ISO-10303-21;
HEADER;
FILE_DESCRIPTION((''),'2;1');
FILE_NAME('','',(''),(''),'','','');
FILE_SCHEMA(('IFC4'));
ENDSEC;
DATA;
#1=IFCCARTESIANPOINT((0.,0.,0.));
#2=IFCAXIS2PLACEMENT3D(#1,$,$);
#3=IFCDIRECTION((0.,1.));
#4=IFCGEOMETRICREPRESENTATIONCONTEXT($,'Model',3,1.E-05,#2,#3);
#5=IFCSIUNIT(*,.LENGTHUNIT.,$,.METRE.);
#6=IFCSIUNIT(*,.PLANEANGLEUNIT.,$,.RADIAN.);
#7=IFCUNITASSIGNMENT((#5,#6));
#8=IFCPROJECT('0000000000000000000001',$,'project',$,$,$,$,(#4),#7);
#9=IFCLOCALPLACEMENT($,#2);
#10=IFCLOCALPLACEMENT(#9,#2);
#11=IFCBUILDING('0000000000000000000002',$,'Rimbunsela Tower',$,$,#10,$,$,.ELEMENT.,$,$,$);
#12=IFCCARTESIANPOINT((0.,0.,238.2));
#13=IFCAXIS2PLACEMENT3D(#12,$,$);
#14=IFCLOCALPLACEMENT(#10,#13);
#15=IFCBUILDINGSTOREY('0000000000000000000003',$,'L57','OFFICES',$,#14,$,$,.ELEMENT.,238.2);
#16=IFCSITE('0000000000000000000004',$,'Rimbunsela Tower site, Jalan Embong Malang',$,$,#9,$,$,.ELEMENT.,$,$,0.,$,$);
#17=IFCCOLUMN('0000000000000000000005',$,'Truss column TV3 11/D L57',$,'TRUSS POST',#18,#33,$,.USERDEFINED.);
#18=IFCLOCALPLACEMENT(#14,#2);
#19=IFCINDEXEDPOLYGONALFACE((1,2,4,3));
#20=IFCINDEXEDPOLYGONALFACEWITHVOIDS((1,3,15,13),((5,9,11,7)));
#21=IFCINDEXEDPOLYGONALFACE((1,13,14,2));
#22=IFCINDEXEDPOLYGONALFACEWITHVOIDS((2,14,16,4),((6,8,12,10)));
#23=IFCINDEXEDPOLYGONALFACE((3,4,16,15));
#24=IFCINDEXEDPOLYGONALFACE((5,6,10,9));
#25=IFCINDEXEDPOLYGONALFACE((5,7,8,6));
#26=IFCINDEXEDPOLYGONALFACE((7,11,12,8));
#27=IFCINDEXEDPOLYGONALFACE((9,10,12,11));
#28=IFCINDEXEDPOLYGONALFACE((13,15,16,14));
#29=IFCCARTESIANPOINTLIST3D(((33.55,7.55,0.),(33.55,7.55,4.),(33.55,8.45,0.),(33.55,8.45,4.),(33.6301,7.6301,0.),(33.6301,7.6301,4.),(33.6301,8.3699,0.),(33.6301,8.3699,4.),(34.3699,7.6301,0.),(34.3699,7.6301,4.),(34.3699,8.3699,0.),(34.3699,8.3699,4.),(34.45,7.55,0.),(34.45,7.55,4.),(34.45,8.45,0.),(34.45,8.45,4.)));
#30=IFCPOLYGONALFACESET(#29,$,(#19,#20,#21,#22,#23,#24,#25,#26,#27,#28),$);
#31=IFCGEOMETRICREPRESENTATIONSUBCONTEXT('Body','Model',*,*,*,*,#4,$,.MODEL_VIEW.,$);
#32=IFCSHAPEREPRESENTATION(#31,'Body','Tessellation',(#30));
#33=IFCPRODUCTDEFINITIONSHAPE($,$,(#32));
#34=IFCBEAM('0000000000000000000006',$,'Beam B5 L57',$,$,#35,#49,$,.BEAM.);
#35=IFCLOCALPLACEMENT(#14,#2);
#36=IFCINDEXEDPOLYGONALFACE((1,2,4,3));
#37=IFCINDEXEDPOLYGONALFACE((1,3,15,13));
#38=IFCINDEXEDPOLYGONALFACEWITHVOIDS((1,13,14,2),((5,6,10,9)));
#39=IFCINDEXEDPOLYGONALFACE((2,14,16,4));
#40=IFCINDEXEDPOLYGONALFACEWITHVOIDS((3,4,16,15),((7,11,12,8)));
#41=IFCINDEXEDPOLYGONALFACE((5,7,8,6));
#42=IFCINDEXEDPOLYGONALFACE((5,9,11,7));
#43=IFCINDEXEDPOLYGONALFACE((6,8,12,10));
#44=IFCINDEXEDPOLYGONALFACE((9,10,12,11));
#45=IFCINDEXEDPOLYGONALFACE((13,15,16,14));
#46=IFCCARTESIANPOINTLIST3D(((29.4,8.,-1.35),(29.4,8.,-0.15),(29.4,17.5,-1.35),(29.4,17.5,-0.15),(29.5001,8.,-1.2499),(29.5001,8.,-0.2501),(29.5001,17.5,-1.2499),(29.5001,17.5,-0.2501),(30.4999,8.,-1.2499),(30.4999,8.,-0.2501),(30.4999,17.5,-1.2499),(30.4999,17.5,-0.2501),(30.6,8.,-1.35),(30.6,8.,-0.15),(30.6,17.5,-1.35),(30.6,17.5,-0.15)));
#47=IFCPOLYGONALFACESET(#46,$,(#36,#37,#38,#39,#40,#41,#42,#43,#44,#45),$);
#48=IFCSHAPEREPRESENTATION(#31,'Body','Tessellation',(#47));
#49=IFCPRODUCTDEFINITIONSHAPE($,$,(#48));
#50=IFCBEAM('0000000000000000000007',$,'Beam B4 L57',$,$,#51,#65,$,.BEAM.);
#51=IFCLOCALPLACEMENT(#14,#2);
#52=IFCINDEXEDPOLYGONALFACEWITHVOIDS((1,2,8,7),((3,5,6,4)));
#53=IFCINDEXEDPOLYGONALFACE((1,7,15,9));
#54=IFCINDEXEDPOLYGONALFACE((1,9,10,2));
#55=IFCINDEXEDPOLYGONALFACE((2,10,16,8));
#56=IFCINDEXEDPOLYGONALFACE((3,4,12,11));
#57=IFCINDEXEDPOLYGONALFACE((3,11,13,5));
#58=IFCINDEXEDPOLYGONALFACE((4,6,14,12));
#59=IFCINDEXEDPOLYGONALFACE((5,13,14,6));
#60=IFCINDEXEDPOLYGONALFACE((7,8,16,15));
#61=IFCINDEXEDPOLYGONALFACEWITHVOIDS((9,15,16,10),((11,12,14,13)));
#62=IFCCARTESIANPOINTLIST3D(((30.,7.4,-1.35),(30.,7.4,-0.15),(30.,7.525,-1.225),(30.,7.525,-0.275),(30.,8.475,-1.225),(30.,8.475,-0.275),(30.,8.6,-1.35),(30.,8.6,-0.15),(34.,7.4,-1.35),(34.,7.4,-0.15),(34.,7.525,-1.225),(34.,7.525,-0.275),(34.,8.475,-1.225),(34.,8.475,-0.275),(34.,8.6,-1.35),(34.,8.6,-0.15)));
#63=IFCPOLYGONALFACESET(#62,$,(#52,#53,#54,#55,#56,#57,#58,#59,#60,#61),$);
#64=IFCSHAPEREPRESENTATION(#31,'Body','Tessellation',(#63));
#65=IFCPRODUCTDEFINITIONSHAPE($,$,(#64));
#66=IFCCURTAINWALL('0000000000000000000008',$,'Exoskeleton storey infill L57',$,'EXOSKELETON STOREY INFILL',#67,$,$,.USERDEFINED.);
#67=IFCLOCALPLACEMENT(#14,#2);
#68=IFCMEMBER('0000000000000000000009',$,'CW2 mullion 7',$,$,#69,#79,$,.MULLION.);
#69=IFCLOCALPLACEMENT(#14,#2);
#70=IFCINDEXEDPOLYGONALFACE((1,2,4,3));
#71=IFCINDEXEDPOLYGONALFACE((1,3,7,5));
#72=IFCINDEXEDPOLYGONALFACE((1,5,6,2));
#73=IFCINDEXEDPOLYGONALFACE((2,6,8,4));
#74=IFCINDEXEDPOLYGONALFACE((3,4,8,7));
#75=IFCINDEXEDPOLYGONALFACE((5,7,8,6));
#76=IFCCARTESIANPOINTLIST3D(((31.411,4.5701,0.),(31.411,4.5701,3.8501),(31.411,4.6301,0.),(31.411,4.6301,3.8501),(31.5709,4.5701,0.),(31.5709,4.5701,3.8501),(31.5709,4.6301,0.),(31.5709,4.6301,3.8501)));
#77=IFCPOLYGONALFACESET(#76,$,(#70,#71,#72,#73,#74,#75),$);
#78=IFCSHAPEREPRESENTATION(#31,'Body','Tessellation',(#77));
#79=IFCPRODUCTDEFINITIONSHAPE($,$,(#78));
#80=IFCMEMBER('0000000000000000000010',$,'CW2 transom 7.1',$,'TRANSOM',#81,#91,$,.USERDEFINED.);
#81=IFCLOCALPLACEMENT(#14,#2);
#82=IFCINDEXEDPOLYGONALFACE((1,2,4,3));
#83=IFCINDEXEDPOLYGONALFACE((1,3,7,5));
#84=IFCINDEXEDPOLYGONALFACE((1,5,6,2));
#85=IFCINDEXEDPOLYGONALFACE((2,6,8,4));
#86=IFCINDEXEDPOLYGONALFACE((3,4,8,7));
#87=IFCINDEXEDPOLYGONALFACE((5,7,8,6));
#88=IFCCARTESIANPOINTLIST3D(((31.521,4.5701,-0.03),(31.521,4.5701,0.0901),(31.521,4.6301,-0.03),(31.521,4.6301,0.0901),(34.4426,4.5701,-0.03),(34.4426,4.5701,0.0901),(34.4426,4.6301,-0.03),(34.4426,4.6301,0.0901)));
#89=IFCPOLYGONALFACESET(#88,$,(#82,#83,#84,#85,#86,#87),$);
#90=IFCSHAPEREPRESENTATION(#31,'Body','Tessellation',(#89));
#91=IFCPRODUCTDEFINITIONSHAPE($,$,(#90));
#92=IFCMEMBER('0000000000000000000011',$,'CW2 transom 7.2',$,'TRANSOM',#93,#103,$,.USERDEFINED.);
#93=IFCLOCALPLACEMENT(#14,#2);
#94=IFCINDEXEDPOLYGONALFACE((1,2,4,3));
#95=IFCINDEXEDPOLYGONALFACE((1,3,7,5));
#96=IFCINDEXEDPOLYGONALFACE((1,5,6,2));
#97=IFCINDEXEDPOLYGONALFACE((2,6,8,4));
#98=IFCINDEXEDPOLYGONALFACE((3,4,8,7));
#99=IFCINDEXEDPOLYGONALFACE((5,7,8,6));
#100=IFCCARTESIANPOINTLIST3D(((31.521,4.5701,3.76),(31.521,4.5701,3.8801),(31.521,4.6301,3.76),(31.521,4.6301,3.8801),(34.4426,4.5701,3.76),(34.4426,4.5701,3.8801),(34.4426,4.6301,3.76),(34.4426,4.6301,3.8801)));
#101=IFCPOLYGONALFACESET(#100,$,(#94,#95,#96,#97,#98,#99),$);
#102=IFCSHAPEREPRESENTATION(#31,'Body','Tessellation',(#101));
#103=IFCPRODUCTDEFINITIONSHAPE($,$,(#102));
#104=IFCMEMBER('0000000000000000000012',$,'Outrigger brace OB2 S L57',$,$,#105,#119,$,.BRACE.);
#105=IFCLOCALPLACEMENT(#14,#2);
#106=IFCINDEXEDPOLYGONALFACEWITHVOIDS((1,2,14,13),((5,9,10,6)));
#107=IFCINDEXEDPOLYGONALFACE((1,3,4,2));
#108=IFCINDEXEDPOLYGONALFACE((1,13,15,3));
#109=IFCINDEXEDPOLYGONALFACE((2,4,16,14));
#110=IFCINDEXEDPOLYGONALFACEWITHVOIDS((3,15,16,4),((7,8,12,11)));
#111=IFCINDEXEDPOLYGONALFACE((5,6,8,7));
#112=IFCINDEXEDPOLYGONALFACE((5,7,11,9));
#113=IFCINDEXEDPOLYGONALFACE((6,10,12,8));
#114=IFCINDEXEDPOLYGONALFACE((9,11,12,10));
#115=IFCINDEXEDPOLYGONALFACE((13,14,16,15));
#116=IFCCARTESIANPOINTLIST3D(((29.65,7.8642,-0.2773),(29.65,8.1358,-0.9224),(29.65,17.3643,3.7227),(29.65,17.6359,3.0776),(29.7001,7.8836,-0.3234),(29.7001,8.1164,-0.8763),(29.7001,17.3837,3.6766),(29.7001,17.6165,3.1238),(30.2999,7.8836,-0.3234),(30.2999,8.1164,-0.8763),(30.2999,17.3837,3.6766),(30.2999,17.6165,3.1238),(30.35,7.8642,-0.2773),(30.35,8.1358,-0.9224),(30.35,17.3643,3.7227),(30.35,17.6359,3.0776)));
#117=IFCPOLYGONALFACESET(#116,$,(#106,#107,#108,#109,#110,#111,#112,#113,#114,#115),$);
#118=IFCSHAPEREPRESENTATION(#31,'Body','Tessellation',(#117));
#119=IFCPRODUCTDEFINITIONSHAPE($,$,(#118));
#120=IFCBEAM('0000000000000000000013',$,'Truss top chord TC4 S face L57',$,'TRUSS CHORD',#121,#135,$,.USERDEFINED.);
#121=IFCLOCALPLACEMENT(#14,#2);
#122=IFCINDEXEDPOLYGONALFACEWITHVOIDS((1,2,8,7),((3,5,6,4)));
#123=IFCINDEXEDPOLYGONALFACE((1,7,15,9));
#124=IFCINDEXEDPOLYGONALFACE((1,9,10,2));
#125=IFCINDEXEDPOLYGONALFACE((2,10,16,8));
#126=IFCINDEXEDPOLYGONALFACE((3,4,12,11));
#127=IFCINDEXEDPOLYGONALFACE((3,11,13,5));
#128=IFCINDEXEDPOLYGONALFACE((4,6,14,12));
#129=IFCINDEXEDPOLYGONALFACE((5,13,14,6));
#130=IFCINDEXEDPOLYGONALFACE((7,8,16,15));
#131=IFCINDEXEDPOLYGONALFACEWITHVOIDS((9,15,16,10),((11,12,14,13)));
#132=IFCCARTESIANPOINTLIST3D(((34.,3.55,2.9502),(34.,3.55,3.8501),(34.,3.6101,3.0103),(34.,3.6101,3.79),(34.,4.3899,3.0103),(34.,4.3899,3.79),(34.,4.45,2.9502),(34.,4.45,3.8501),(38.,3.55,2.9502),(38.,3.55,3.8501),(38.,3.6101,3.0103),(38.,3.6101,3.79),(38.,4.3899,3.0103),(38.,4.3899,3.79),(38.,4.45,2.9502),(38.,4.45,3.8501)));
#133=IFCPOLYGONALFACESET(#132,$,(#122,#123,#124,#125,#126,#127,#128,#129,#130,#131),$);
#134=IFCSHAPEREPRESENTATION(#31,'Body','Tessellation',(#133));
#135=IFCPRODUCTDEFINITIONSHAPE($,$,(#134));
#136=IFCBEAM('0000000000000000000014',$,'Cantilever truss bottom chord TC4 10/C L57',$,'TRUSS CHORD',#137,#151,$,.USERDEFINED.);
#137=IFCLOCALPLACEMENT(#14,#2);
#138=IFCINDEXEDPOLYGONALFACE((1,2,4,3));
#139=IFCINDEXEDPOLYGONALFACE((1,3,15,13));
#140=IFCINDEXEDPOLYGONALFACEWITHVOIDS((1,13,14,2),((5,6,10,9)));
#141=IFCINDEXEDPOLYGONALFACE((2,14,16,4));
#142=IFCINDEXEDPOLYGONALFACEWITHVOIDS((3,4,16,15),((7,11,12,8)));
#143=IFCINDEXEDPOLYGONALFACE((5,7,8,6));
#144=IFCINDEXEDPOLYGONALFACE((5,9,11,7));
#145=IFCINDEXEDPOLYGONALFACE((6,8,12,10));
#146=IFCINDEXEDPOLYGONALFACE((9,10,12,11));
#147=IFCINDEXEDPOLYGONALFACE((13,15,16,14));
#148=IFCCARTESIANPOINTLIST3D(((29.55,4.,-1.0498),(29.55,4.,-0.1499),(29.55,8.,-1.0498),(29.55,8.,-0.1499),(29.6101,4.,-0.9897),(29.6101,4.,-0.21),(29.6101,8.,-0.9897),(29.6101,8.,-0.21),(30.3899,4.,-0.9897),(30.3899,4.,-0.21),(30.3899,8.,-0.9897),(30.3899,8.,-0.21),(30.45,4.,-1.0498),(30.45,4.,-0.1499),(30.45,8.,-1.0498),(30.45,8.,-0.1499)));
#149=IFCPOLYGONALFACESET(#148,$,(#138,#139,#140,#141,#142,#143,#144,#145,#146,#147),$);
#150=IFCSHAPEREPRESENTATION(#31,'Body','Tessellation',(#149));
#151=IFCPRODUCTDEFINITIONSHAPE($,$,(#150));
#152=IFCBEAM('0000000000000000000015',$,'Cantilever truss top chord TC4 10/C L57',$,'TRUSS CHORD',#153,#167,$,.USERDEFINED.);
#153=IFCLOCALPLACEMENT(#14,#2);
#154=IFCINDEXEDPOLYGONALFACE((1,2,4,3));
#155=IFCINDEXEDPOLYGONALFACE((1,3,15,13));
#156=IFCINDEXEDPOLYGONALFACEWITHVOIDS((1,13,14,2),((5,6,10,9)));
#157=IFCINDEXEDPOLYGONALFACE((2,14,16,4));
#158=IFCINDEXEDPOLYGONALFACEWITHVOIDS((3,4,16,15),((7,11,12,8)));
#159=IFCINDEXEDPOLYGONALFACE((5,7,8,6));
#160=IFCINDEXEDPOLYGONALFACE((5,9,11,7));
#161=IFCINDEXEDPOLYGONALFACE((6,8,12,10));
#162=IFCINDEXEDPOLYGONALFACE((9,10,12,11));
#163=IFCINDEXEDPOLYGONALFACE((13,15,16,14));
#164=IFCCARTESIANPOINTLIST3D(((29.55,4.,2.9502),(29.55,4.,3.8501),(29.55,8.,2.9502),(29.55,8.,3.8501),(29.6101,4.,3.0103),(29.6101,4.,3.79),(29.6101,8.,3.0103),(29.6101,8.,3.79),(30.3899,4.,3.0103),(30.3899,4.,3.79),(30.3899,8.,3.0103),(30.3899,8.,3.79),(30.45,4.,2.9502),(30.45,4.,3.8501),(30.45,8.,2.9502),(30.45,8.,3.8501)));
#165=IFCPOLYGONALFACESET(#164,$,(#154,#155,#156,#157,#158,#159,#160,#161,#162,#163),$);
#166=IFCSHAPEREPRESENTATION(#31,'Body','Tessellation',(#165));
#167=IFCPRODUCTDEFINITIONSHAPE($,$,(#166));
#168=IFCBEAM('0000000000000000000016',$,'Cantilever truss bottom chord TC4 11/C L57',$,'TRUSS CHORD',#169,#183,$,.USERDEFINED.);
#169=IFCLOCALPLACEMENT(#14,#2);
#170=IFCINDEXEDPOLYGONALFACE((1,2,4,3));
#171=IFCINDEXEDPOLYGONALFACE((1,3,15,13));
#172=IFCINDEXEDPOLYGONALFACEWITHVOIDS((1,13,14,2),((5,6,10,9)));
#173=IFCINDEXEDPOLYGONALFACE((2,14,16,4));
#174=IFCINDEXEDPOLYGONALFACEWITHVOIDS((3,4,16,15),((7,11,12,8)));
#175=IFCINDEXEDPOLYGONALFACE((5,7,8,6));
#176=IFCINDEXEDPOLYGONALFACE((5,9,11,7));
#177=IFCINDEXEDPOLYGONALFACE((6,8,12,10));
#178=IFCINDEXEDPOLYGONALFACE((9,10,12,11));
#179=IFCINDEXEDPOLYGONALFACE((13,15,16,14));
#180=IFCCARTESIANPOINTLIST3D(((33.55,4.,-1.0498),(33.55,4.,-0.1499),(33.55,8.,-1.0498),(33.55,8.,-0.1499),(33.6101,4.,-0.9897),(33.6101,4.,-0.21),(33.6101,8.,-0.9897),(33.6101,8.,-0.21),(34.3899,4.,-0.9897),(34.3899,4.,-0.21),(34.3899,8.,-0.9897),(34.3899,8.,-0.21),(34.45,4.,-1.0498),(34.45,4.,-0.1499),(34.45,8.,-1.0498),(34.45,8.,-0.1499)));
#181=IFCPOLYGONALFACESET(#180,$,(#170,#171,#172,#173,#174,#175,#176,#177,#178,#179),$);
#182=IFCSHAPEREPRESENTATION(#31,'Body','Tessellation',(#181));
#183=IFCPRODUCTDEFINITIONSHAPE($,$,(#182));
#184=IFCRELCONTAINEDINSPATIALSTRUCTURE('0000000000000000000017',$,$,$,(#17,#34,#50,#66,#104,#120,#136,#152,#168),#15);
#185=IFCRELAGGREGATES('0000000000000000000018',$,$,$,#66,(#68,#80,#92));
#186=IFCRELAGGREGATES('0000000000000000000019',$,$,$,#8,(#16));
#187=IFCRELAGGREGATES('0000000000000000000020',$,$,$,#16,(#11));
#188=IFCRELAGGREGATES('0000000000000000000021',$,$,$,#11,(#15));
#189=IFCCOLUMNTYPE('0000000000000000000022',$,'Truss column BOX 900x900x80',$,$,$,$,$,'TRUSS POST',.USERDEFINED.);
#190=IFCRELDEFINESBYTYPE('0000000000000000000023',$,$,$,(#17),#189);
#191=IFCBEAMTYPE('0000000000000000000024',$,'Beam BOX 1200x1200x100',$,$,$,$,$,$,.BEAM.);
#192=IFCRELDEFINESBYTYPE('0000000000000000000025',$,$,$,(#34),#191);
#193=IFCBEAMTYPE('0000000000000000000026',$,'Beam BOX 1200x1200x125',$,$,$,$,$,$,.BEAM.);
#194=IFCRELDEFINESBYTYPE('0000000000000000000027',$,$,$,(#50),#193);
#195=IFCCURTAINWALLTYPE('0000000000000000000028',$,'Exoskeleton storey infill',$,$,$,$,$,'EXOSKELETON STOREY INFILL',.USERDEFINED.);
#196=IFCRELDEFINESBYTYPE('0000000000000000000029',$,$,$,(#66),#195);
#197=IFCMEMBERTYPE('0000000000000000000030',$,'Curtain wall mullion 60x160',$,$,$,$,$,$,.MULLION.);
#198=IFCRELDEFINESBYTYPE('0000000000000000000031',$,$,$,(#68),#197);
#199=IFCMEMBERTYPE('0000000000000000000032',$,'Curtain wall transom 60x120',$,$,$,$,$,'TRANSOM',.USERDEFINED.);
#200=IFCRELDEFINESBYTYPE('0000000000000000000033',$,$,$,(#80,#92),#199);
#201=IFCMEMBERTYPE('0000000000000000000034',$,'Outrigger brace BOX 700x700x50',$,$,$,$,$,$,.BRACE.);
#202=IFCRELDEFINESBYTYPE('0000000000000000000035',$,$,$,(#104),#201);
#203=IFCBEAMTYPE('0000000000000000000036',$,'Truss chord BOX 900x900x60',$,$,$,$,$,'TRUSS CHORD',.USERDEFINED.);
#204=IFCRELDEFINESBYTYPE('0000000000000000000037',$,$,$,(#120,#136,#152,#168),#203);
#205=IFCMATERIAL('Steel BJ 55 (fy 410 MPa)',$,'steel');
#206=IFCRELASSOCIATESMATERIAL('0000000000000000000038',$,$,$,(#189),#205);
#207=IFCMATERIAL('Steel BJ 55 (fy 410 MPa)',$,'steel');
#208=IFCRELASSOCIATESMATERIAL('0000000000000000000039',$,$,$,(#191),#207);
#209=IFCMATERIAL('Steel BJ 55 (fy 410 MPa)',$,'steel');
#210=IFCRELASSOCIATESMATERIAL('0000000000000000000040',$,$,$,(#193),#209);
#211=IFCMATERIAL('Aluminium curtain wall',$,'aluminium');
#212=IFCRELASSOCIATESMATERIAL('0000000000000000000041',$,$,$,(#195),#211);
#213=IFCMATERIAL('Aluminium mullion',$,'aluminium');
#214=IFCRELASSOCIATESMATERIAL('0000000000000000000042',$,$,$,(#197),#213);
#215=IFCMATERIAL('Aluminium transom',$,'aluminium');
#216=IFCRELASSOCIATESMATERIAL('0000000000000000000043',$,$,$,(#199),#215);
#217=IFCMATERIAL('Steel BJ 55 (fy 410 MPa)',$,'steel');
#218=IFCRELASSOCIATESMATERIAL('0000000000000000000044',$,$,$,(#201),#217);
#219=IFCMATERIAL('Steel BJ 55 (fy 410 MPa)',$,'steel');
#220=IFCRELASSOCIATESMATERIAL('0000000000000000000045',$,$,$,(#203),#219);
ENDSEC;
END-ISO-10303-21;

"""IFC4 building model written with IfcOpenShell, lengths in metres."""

from ifc_helpers import new_model, si_unit, direction, frame, origin, origin_2d, place, context, subcontext, project, spatial, rectangle, hollow_rectangle, extrude, material, material_profile, profile_set, type_object, element, aggregate, save


model = new_model("IFC4")

# Units and contexts
model_context = context("Model", 3, precision=1e-05, world=origin(), true_north=direction((0.0, 1.0)))
body_context = subcontext(model_context, "Body", "Model", "MODEL_VIEW")
ifc_project = project(units=[si_unit("LENGTHUNIT", "METRE"), si_unit("PLANEANGLEUNIT", "RADIAN")], contexts=[model_context])

# Site, building, storey
site_placement = place(None, origin())
site = spatial("IfcSite", under=ifc_project, at=site_placement, Name="Rimbunsela Tower site, Jalan Embong Malang", CompositionType="ELEMENT", RefElevation=0.0)
building_placement = place(site_placement, origin())
building = spatial("IfcBuilding", under=site, at=building_placement, Name="Rimbunsela Tower", CompositionType="ELEMENT")
storey_placement = place(building_placement, frame((0.0, 0.0, 238.2)))
storey = spatial("IfcBuildingStorey", under=building, at=storey_placement, Name="L57", Description="OFFICES", CompositionType="ELEMENT", Elevation=238.2)

# Column
ifc_material_1 = material(Name="Steel BJ 55 (fy 410 MPa)", Category="steel")
ifc_material_profile_1 = material_profile(ifc_material_1, hollow_rectangle(XDim=0.8999, YDim=0.8999, WallThickness=0.0801, at=origin_2d()), Name="BOX 900x900x80")
ifc_profile_set_1 = profile_set([ifc_material_profile_1], Name="Steel BJ 55 (fy 410 MPa)")
column_type = type_object("IfcColumnType", Name="Truss column BOX 900x900x80", ElementType="TRUSS POST", PredefinedType="USERDEFINED", material=ifc_profile_set_1)
column_placement = place(storey_placement, frame((34.0, 8.0, 0.0), z_axis=(0.0, 0.0, 1.0), x_axis=(1.0, 0.0, 0.0)))
element("IfcColumn", 1, at=column_placement, inside=storey, type_object=column_type, Name="Truss column TV3 11/D L57", ObjectType="TRUSS POST", PredefinedType="USERDEFINED", context=body_context, shape_type="SweptSolid", body=[
    extrude(hollow_rectangle(XDim=0.8999, YDim=0.8999, WallThickness=0.0801, at=origin_2d()), origin(), (0.0, 0.0, 1.0), 4.0),
])

# Beams
ifc_material_2 = material(Name="Steel BJ 55 (fy 410 MPa)", Category="steel")
ifc_material_profile_2 = material_profile(ifc_material_2, hollow_rectangle(XDim=1.2, YDim=1.2, WallThickness=0.1001, at=origin_2d()), Name="BOX 1200x1200x100")
ifc_profile_set_2 = profile_set([ifc_material_profile_2], Name="Steel BJ 55 (fy 410 MPa)")
beam_type_1 = type_object("IfcBeamType", Name="Beam BOX 1200x1200x100", PredefinedType="BEAM", material=ifc_profile_set_2)
beam_1_placement = place(storey_placement, frame((30.0, 8.0, -0.75), z_axis=(0.0, 1.0, 0.0), x_axis=(-1.0, 0.0, 0.0)))
element("IfcBeam", 2, at=beam_1_placement, inside=storey, type_object=beam_type_1, Name="Beam B5 L57", PredefinedType="BEAM", context=body_context, shape_type="SweptSolid", body=[
    extrude(hollow_rectangle(XDim=1.2, YDim=1.2, WallThickness=0.1001, at=origin_2d()), origin(), (0.0, 0.0, 1.0), 9.5),
])
ifc_material_3 = material(Name="Steel BJ 55 (fy 410 MPa)", Category="steel")
ifc_material_profile_3 = material_profile(ifc_material_3, hollow_rectangle(XDim=1.2, YDim=1.2, WallThickness=0.125, at=origin_2d()), Name="BOX 1200x1200x125")
ifc_profile_set_3 = profile_set([ifc_material_profile_3], Name="Steel BJ 55 (fy 410 MPa)")
beam_type_2 = type_object("IfcBeamType", Name="Beam BOX 1200x1200x125", PredefinedType="BEAM", material=ifc_profile_set_3)
beam_2_placement = place(storey_placement, frame((30.0, 8.0, -0.75), z_axis=(1.0, 0.0, 0.0), x_axis=(0.0, 1.0, 0.0)))
element("IfcBeam", 3, at=beam_2_placement, inside=storey, type_object=beam_type_2, Name="Beam B4 L57", PredefinedType="BEAM", context=body_context, shape_type="SweptSolid", body=[
    extrude(hollow_rectangle(XDim=1.2, YDim=1.2, WallThickness=0.125, at=origin_2d()), origin(), (0.0, 0.0, 1.0), 4.0),
])

# Curtain wall, members
ifc_material_4 = material(Name="Aluminium curtain wall", Category="aluminium")
curtain_wall_type = type_object("IfcCurtainWallType", Name="Exoskeleton storey infill", ElementType="EXOSKELETON STOREY INFILL", PredefinedType="USERDEFINED", material=ifc_material_4)
curtain_wall_placement = place(storey_placement, origin())
curtain_wall = element("IfcCurtainWall", 4, at=curtain_wall_placement, inside=storey, type_object=curtain_wall_type, Name="Exoskeleton storey infill L57", ObjectType="EXOSKELETON STOREY INFILL", PredefinedType="USERDEFINED")
ifc_material_5 = material(Name="Aluminium mullion", Category="aluminium")
ifc_material_profile_4 = material_profile(ifc_material_5, rectangle(XDim=0.0601, YDim=0.1599, at=origin_2d()), Name="Mullion 60x160")
ifc_profile_set_4 = profile_set([ifc_material_profile_4], Name="Aluminium mullion")
member_type_1 = type_object("IfcMemberType", Name="Curtain wall mullion 60x160", PredefinedType="MULLION", material=ifc_profile_set_4)
member_1_placement = place(storey_placement, frame((31.491, 4.6001, 0.0), z_axis=(0.0, 0.0, 1.0), x_axis=(0.0, 1.0, 0.0)))
member_1 = element("IfcMember", 5, at=member_1_placement, type_object=member_type_1, Name="CW2 mullion 7", PredefinedType="MULLION", context=body_context, shape_type="SweptSolid", body=[
    extrude(rectangle(XDim=0.0601, YDim=0.1599, at=origin_2d()), origin(), (0.0, 0.0, 1.0), 3.8501),
])
ifc_material_6 = material(Name="Aluminium transom", Category="aluminium")
ifc_material_profile_5 = material_profile(ifc_material_6, rectangle(XDim=0.0601, YDim=0.1201, at=origin_2d()), Name="Transom 60x120")
ifc_profile_set_5 = profile_set([ifc_material_profile_5], Name="Aluminium transom")
member_type_2 = type_object("IfcMemberType", Name="Curtain wall transom 60x120", ElementType="TRANSOM", PredefinedType="USERDEFINED", material=ifc_profile_set_5)
member_2_placement = place(storey_placement, frame((31.521, 4.6001, 0.03), z_axis=(1.0, 0.0, 0.0), x_axis=(0.0, 1.0, 0.0)))
member_2 = element("IfcMember", 6, at=member_2_placement, type_object=member_type_2, Name="CW2 transom 7.1", ObjectType="TRANSOM", PredefinedType="USERDEFINED", context=body_context, shape_type="SweptSolid", body=[
    extrude(rectangle(XDim=0.0601, YDim=0.1201, at=origin_2d()), origin(), (0.0, 0.0, 1.0), 2.9216),
])
member_3_placement = place(storey_placement, frame((31.521, 4.6001, 3.8201), z_axis=(1.0, 0.0, 0.0), x_axis=(0.0, 1.0, 0.0)))
member_3 = element("IfcMember", 7, at=member_3_placement, type_object=member_type_2, Name="CW2 transom 7.2", ObjectType="TRANSOM", PredefinedType="USERDEFINED", context=body_context, shape_type="SweptSolid", body=[
    extrude(rectangle(XDim=0.0601, YDim=0.1201, at=origin_2d()), origin(), (0.0, 0.0, 1.0), 2.9216),
])

# Member
ifc_material_7 = material(Name="Steel BJ 55 (fy 410 MPa)", Category="steel")
ifc_material_profile_6 = material_profile(ifc_material_7, hollow_rectangle(XDim=0.7, YDim=0.7, WallThickness=0.05, at=origin_2d()), Name="BOX 700x700x50")
ifc_profile_set_6 = profile_set([ifc_material_profile_6], Name="Steel BJ 55 (fy 410 MPa)")
member_type_3 = type_object("IfcMemberType", Name="Outrigger brace BOX 700x700x50", PredefinedType="BRACE", material=ifc_profile_set_6)
member_4_placement = place(storey_placement, frame((30.0, 8.0, -0.5999), z_axis=(0.0, 0.921635, 0.388057), x_axis=(-1.0, 0.0, 0.0)))
element("IfcMember", 8, at=member_4_placement, inside=storey, type_object=member_type_3, Name="Outrigger brace OB2 S L57", PredefinedType="BRACE", context=body_context, shape_type="SweptSolid", body=[
    extrude(hollow_rectangle(XDim=0.7, YDim=0.7, WallThickness=0.05, at=origin_2d()), origin(), (0.0, 0.0, 1.0), 10.3079),
])

# Beams
ifc_material_8 = material(Name="Steel BJ 55 (fy 410 MPa)", Category="steel")
ifc_material_profile_7 = material_profile(ifc_material_8, hollow_rectangle(XDim=0.8999, YDim=0.8999, WallThickness=0.0601, at=origin_2d()), Name="BOX 900x900x60")
ifc_profile_set_7 = profile_set([ifc_material_profile_7], Name="Steel BJ 55 (fy 410 MPa)")
beam_type_3 = type_object("IfcBeamType", Name="Truss chord BOX 900x900x60", ElementType="TRUSS CHORD", PredefinedType="USERDEFINED", material=ifc_profile_set_7)
for number, where, z_axis, x_axis, name in (
    (9, (34.0, 4.0, 3.4001), (1.0, 0.0, 0.0), (0.0, 1.0, 0.0), "Truss top chord TC4 S face L57"),
    (10, (30.0, 8.0, -0.5999), (0.0, -1.0, 0.0), (1.0, 0.0, 0.0), "Cantilever truss bottom chord TC4 10/C L57"),
    (11, (30.0, 8.0, 3.4001), (0.0, -1.0, 0.0), (1.0, 0.0, 0.0), "Cantilever truss top chord TC4 10/C L57"),
    (12, (34.0, 8.0, -0.5999), (0.0, -1.0, 0.0), (1.0, 0.0, 0.0), "Cantilever truss bottom chord TC4 11/C L57"),
):
    element("IfcBeam", number, at=place(storey_placement, frame(where, z_axis=z_axis, x_axis=x_axis)), inside=storey, type_object=beam_type_3, Name=name, ObjectType="TRUSS CHORD", PredefinedType="USERDEFINED", context=body_context, shape_type="SweptSolid", body=[
        extrude(hollow_rectangle(XDim=0.8999, YDim=0.8999, WallThickness=0.0601, at=origin_2d()), origin(), (0.0, 0.0, 1.0), 4.0),
    ])

aggregate(curtain_wall, [member_1, member_2, member_3])

save(model, "model.ifc")
